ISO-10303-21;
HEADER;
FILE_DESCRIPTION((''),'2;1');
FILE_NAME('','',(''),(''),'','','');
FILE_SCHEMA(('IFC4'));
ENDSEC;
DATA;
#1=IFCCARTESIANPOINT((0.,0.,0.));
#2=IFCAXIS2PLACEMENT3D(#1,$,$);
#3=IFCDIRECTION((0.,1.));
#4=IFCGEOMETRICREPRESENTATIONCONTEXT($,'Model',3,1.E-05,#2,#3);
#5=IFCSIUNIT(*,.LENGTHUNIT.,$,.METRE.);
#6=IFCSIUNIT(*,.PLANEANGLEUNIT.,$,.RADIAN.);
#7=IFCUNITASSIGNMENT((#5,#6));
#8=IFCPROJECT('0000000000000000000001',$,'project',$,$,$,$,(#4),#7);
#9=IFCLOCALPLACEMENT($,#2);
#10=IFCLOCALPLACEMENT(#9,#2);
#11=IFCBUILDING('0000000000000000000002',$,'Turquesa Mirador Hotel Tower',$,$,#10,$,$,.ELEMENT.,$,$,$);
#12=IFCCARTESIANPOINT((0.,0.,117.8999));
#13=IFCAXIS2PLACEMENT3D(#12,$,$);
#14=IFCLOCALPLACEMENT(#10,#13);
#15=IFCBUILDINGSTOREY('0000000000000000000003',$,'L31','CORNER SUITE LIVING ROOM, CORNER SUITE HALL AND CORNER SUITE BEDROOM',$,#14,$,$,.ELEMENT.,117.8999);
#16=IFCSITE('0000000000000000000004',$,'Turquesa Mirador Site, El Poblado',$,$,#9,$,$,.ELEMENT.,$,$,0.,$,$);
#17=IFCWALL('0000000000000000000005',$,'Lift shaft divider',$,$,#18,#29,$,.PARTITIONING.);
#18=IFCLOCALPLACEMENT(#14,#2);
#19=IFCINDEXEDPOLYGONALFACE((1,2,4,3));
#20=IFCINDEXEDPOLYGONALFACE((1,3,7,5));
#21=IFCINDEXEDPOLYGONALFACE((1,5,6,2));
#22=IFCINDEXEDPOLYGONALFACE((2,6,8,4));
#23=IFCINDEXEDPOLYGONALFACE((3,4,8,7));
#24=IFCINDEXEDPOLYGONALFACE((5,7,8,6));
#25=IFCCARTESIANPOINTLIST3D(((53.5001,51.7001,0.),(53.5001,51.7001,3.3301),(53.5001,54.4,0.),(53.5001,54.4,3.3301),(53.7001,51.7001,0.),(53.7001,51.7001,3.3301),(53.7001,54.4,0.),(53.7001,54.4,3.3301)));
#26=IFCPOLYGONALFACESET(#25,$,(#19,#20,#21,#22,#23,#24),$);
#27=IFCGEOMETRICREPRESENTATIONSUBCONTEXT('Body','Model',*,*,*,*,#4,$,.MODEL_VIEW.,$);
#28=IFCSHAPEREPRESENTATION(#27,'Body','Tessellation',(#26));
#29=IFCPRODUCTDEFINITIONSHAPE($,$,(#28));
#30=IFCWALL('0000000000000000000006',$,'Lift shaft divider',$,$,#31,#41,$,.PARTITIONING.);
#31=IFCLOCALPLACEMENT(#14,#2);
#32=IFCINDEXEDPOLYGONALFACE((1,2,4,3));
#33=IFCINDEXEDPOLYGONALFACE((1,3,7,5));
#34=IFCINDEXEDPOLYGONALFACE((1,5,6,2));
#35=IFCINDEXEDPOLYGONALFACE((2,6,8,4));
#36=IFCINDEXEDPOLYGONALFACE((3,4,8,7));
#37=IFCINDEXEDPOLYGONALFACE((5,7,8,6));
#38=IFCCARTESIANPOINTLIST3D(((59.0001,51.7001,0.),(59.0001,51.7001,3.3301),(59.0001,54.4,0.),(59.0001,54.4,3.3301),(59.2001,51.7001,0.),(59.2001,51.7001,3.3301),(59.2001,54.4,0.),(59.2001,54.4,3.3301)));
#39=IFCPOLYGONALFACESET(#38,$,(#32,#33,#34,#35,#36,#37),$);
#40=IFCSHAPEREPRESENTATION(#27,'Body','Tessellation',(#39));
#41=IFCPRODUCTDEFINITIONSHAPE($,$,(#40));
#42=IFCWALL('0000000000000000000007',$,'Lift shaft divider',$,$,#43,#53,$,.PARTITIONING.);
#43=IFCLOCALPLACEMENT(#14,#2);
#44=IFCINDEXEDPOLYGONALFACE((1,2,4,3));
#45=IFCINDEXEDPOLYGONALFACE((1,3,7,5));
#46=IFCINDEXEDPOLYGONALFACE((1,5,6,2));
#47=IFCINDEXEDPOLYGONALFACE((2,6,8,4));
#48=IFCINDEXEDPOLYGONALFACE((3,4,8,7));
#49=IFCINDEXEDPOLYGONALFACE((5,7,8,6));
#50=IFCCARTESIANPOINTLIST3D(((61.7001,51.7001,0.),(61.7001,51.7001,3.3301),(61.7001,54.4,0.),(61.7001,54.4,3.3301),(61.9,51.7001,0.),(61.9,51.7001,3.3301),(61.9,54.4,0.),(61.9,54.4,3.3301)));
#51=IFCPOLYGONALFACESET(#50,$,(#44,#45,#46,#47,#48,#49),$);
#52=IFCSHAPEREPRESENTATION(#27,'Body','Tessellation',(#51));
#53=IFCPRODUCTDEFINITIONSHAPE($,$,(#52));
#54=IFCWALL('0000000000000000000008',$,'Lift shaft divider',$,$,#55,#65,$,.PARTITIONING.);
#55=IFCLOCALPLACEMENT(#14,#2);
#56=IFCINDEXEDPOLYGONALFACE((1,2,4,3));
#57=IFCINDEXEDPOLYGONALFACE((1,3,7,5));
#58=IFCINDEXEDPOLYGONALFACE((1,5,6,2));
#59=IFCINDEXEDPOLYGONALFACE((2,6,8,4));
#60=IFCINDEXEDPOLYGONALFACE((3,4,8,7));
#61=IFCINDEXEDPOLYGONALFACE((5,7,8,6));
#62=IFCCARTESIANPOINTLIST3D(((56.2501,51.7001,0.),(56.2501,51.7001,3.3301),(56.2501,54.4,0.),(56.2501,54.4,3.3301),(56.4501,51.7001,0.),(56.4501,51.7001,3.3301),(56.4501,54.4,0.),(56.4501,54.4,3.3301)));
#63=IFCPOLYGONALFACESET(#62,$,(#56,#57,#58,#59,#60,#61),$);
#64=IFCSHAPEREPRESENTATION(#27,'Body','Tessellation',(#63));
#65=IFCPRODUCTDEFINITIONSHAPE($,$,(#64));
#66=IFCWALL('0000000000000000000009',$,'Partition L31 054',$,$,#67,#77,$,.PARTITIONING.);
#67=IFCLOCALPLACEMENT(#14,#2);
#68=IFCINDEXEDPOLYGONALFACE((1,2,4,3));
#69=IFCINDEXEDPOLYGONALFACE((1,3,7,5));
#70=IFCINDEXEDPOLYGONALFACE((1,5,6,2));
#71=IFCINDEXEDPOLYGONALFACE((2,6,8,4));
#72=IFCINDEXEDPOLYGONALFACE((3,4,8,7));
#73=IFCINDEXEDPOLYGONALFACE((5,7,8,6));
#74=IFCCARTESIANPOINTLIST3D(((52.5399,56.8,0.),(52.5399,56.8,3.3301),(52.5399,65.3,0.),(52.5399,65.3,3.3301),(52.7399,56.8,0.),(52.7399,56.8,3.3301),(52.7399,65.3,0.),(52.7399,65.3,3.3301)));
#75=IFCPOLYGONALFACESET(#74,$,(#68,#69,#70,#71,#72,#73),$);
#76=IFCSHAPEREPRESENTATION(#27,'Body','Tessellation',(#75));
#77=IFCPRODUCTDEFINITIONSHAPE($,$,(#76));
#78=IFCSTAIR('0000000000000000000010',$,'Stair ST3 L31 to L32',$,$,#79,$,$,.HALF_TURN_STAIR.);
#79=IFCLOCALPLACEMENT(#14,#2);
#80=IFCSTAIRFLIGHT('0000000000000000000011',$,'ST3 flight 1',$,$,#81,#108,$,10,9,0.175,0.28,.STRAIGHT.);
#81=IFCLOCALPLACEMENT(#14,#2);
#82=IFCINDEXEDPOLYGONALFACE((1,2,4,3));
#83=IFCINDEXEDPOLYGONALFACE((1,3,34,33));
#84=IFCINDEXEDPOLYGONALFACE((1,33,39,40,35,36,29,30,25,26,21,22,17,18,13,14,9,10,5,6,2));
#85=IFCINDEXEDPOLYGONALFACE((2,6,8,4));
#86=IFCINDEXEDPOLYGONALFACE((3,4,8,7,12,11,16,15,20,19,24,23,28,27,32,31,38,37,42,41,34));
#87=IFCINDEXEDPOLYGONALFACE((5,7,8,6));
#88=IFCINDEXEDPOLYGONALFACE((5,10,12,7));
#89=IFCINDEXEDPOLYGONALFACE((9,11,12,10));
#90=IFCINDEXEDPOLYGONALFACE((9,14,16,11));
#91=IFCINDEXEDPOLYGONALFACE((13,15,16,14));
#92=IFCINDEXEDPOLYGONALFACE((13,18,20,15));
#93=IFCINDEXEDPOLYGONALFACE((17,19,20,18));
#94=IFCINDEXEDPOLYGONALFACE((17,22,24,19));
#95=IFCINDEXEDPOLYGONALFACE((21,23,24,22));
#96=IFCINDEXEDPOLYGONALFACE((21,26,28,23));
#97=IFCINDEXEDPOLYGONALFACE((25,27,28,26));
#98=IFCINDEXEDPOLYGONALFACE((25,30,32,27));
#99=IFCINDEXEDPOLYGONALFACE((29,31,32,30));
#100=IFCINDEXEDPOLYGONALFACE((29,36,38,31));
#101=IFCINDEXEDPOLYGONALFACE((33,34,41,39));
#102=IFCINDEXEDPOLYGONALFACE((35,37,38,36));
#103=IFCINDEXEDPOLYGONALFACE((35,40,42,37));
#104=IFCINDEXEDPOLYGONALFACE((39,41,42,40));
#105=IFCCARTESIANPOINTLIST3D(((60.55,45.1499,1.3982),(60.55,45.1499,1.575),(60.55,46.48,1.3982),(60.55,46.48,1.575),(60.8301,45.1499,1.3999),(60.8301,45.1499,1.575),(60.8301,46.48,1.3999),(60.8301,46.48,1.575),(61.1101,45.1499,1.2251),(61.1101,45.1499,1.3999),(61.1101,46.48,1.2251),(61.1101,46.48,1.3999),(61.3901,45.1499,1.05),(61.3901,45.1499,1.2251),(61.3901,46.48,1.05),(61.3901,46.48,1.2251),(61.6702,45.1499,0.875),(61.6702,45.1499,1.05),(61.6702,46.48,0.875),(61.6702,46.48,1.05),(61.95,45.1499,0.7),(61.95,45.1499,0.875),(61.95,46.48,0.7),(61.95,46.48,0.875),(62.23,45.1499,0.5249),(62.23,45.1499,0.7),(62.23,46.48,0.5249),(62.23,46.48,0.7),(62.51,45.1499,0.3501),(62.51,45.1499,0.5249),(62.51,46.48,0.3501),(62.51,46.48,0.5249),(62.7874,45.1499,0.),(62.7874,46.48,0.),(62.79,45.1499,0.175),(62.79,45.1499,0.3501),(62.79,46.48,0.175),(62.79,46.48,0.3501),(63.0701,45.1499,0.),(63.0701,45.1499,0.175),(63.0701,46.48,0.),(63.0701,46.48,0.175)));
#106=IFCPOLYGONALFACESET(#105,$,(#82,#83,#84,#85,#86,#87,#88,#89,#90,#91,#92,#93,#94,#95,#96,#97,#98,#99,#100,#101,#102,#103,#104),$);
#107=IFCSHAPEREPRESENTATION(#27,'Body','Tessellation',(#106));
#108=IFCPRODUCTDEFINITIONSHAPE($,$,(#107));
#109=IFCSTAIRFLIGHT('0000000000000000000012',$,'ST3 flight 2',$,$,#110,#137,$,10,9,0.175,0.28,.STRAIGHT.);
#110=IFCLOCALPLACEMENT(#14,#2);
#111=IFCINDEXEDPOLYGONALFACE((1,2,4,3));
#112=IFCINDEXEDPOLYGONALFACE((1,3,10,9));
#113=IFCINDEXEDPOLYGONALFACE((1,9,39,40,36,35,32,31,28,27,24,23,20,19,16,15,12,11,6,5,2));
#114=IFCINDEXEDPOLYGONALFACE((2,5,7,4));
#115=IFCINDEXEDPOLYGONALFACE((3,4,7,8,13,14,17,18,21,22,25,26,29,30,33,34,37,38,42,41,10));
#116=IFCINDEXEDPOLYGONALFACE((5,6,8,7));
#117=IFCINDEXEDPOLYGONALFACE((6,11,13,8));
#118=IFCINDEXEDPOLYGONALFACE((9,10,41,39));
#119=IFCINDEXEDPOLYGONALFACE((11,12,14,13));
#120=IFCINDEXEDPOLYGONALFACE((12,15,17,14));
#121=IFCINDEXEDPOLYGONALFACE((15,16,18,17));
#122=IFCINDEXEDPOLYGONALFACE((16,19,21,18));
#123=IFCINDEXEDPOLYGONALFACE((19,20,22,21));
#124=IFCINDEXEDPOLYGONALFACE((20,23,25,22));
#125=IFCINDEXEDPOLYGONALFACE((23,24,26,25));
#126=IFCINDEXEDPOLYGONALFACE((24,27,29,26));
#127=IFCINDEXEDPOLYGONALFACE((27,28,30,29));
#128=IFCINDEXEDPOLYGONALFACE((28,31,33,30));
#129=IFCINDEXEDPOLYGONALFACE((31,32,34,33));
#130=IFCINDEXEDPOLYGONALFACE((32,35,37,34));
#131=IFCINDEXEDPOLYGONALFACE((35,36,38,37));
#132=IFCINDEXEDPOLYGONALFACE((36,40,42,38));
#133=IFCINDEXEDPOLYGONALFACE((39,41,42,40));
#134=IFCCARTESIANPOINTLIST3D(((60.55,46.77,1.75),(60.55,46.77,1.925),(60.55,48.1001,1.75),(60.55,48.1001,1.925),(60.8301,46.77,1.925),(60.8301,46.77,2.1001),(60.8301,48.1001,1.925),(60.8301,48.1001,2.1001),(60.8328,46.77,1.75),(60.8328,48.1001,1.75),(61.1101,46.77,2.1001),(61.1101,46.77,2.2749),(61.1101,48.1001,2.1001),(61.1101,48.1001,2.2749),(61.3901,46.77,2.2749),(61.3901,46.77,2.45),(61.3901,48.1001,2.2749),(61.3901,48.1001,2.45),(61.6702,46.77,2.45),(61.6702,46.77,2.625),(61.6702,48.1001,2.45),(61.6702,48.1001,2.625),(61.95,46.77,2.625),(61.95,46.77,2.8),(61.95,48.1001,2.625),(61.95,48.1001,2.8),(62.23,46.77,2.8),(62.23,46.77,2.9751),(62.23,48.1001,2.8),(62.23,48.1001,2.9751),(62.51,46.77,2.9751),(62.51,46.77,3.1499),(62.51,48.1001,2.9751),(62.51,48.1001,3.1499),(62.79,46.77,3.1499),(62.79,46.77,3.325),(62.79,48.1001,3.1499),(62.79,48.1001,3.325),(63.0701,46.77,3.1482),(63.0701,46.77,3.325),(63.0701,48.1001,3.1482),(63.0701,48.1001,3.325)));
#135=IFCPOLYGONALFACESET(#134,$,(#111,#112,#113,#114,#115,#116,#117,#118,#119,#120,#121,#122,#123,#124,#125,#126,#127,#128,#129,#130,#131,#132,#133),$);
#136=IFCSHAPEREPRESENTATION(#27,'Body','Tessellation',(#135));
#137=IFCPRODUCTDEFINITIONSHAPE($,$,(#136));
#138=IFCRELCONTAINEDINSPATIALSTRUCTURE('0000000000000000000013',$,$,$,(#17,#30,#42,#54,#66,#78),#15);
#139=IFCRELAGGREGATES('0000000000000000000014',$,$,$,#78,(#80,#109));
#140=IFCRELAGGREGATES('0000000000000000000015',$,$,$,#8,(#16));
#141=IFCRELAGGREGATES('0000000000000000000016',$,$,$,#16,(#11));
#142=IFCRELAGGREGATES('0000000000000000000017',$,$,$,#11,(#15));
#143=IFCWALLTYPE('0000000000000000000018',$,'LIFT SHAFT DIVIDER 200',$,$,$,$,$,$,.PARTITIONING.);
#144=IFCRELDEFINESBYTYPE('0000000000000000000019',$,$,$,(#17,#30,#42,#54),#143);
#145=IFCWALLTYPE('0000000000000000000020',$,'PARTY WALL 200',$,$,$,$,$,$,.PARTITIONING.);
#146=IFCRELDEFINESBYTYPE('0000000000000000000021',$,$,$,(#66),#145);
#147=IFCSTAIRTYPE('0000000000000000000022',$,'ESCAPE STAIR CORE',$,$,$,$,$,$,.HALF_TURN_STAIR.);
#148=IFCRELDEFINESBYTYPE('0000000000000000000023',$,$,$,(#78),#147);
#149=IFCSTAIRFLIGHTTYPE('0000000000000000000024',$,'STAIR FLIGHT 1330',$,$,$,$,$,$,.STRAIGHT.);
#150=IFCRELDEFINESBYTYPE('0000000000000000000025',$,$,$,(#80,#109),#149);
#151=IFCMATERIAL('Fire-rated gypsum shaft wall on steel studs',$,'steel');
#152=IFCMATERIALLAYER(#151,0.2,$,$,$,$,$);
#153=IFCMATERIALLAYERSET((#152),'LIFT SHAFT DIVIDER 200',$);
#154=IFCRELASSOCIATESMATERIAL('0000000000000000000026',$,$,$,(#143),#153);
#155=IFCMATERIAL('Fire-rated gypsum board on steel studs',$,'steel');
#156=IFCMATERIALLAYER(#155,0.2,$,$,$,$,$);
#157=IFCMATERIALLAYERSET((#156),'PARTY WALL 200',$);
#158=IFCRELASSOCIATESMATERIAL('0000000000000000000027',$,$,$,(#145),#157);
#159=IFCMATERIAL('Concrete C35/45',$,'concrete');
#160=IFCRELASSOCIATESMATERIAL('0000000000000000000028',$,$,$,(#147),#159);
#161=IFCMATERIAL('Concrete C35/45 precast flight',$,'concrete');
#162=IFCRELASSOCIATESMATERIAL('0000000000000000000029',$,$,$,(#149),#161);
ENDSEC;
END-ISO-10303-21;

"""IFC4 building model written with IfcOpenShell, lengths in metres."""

from ifc_helpers import new_model, si_unit, direction, frame, frame_2d, origin, place, context, subcontext, project, spatial, polyline, rectangle, outline, extrude, material, layer, layer_set, type_object, element, aggregate, save


model = new_model("IFC4")

# Units and contexts
model_context = context("Model", 3, precision=1e-05, world=origin(), true_north=direction((0.0, 1.0)))
body_context = subcontext(model_context, "Body", "Model", "MODEL_VIEW")
ifc_project = project(units=[si_unit("LENGTHUNIT", "METRE"), si_unit("PLANEANGLEUNIT", "RADIAN")], contexts=[model_context])

# Site, building, storey
site_placement = place(None, origin())
site = spatial("IfcSite", under=ifc_project, at=site_placement, Name="Turquesa Mirador Site, El Poblado", CompositionType="ELEMENT", RefElevation=0.0)
building_placement = place(site_placement, origin())
building = spatial("IfcBuilding", under=site, at=building_placement, Name="Turquesa Mirador Hotel Tower", CompositionType="ELEMENT")
storey_placement = place(building_placement, frame((0.0, 0.0, 117.8999)))
storey = spatial("IfcBuildingStorey", under=building, at=storey_placement, Name="L31", Description="CORNER SUITE LIVING ROOM, CORNER SUITE HALL AND CORNER SUITE BEDROOM", CompositionType="ELEMENT", Elevation=117.8999)

# Walls
ifc_material_1 = material(Name="Fire-rated gypsum shaft wall on steel studs", Category="steel")
ifc_layer_1 = layer(ifc_material_1, 0.2)
ifc_layer_set_1 = layer_set([ifc_layer_1], Name="LIFT SHAFT DIVIDER 200")
wall_type_1 = type_object("IfcWallType", Name="LIFT SHAFT DIVIDER 200", PredefinedType="PARTITIONING", material=ifc_layer_set_1)
for number, where, z_axis, x_axis, name in (
    (1, (53.6001, 51.7, 0.0), (0.0, 0.0, 1.0), (0.0, 1.0, 0.0), "Lift shaft divider"),
    (2, (59.1001, 51.7, 0.0), (0.0, 0.0, 1.0), (0.0, 1.0, 0.0), "Lift shaft divider"),
    (3, (61.8, 51.7, 0.0), (0.0, 0.0, 1.0), (0.0, 1.0, 0.0), "Lift shaft divider"),
    (4, (56.3501, 51.7, 0.0), (0.0, 0.0, 1.0), (0.0, 1.0, 0.0), "Lift shaft divider"),
):
    element("IfcWall", number, at=place(storey_placement, frame(where, z_axis=z_axis, x_axis=x_axis)), inside=storey, type_object=wall_type_1, Name=name, PredefinedType="PARTITIONING", context=body_context, shape_type="SweptSolid", body=[
        extrude(rectangle(XDim=2.7, YDim=0.2, at=frame_2d((1.3501, 0.0))), origin(), (0.0, 0.0, 1.0), 3.3301),
    ])
ifc_material_2 = material(Name="Fire-rated gypsum board on steel studs", Category="steel")
ifc_layer_2 = layer(ifc_material_2, 0.2)
ifc_layer_set_2 = layer_set([ifc_layer_2], Name="PARTY WALL 200")
wall_type_2 = type_object("IfcWallType", Name="PARTY WALL 200", PredefinedType="PARTITIONING", material=ifc_layer_set_2)
wall_1_placement = place(storey_placement, frame((52.6399, 56.8, 0.0), z_axis=(0.0, 0.0, 1.0), x_axis=(0.0, 1.0, 0.0)))
element("IfcWall", 5, at=wall_1_placement, inside=storey, type_object=wall_type_2, Name="Partition L31 054", PredefinedType="PARTITIONING", context=body_context, shape_type="SweptSolid", body=[
    extrude(rectangle(XDim=8.5, YDim=0.2, at=frame_2d((4.25, 0.0))), origin(), (0.0, 0.0, 1.0), 3.3301),
])

# Stair, stair flights
ifc_material_3 = material(Name="Concrete C35/45", Category="concrete")
stair_type = type_object("IfcStairType", Name="ESCAPE STAIR CORE", PredefinedType="HALF_TURN_STAIR", material=ifc_material_3)
stair_placement = place(storey_placement, origin())
stair = element("IfcStair", 6, at=stair_placement, inside=storey, type_object=stair_type, Name="Stair ST3 L31 to L32", PredefinedType="HALF_TURN_STAIR")
ifc_material_4 = material(Name="Concrete C35/45 precast flight", Category="concrete")
stair_flight_type = type_object("IfcStairFlightType", Name="STAIR FLIGHT 1330", PredefinedType="STRAIGHT", material=ifc_material_4)
stair_flight_1_placement = place(storey_placement, frame((63.0701, 45.8149, 0.0), z_axis=(0.0, 0.0, 1.0), x_axis=(-1.0, 0.0, 0.0)))
stair_flight_1 = element("IfcStairFlight", 7, at=stair_flight_1_placement, type_object=stair_flight_type, Name="ST3 flight 1", NumberOfRisers=10, NumberOfTreads=9, PredefinedType="STRAIGHT", RiserHeight=0.175, TreadLength=0.28, context=body_context, shape_type="SweptSolid", body=[
    extrude(outline(polyline([(0.0, 0.0), (0.0, 0.175), (0.28, 0.175), (0.28, 0.3501), (0.5601, 0.3501), (0.5601, 0.5249), (0.8401, 0.5249), (0.8401, 0.7), (1.1201, 0.7), (1.1201, 0.875), (1.3999, 0.875), (1.3999, 1.05), (1.6799, 1.05), (1.6799, 1.2251), (1.96, 1.2251), (1.96, 1.3999), (2.24, 1.3999), (2.24, 1.575), (2.52, 1.575), (2.52, 1.75), (2.52, 1.3982), (0.2827, 0.0), (0.0, 0.0)])), frame((0.0, 0.665, 0.0), z_axis=(0.0, -1.0, 0.0), x_axis=(1.0, 0.0, 0.0)), (0.0, 0.0, 1.0), 1.3301),
])
stair_flight_2_placement = place(storey_placement, frame((60.55, 47.4351, 1.75), z_axis=(0.0, 0.0, 1.0), x_axis=(1.0, 0.0, 0.0)))
stair_flight_2 = element("IfcStairFlight", 8, at=stair_flight_2_placement, type_object=stair_flight_type, Name="ST3 flight 2", NumberOfRisers=10, NumberOfTreads=9, PredefinedType="STRAIGHT", RiserHeight=0.175, TreadLength=0.28, context=body_context, shape_type="SweptSolid", body=[
    extrude(outline(polyline([(0.0, 0.0), (0.0, 0.175), (0.28, 0.175), (0.28, 0.3501), (0.5601, 0.3501), (0.5601, 0.5249), (0.8401, 0.5249), (0.8401, 0.7), (1.1201, 0.7), (1.1201, 0.875), (1.3999, 0.875), (1.3999, 1.05), (1.6799, 1.05), (1.6799, 1.2251), (1.96, 1.2251), (1.96, 1.3999), (2.24, 1.3999), (2.24, 1.575), (2.52, 1.575), (2.52, 1.75), (2.52, 1.3982), (0.2827, 0.0), (0.0, 0.0)])), frame((0.0, 0.665, 0.0), z_axis=(0.0, -1.0, 0.0), x_axis=(1.0, 0.0, 0.0)), (0.0, 0.0, 1.0), 1.3301),
])
aggregate(stair, [stair_flight_1, stair_flight_2])

save(model, "model.ifc")
